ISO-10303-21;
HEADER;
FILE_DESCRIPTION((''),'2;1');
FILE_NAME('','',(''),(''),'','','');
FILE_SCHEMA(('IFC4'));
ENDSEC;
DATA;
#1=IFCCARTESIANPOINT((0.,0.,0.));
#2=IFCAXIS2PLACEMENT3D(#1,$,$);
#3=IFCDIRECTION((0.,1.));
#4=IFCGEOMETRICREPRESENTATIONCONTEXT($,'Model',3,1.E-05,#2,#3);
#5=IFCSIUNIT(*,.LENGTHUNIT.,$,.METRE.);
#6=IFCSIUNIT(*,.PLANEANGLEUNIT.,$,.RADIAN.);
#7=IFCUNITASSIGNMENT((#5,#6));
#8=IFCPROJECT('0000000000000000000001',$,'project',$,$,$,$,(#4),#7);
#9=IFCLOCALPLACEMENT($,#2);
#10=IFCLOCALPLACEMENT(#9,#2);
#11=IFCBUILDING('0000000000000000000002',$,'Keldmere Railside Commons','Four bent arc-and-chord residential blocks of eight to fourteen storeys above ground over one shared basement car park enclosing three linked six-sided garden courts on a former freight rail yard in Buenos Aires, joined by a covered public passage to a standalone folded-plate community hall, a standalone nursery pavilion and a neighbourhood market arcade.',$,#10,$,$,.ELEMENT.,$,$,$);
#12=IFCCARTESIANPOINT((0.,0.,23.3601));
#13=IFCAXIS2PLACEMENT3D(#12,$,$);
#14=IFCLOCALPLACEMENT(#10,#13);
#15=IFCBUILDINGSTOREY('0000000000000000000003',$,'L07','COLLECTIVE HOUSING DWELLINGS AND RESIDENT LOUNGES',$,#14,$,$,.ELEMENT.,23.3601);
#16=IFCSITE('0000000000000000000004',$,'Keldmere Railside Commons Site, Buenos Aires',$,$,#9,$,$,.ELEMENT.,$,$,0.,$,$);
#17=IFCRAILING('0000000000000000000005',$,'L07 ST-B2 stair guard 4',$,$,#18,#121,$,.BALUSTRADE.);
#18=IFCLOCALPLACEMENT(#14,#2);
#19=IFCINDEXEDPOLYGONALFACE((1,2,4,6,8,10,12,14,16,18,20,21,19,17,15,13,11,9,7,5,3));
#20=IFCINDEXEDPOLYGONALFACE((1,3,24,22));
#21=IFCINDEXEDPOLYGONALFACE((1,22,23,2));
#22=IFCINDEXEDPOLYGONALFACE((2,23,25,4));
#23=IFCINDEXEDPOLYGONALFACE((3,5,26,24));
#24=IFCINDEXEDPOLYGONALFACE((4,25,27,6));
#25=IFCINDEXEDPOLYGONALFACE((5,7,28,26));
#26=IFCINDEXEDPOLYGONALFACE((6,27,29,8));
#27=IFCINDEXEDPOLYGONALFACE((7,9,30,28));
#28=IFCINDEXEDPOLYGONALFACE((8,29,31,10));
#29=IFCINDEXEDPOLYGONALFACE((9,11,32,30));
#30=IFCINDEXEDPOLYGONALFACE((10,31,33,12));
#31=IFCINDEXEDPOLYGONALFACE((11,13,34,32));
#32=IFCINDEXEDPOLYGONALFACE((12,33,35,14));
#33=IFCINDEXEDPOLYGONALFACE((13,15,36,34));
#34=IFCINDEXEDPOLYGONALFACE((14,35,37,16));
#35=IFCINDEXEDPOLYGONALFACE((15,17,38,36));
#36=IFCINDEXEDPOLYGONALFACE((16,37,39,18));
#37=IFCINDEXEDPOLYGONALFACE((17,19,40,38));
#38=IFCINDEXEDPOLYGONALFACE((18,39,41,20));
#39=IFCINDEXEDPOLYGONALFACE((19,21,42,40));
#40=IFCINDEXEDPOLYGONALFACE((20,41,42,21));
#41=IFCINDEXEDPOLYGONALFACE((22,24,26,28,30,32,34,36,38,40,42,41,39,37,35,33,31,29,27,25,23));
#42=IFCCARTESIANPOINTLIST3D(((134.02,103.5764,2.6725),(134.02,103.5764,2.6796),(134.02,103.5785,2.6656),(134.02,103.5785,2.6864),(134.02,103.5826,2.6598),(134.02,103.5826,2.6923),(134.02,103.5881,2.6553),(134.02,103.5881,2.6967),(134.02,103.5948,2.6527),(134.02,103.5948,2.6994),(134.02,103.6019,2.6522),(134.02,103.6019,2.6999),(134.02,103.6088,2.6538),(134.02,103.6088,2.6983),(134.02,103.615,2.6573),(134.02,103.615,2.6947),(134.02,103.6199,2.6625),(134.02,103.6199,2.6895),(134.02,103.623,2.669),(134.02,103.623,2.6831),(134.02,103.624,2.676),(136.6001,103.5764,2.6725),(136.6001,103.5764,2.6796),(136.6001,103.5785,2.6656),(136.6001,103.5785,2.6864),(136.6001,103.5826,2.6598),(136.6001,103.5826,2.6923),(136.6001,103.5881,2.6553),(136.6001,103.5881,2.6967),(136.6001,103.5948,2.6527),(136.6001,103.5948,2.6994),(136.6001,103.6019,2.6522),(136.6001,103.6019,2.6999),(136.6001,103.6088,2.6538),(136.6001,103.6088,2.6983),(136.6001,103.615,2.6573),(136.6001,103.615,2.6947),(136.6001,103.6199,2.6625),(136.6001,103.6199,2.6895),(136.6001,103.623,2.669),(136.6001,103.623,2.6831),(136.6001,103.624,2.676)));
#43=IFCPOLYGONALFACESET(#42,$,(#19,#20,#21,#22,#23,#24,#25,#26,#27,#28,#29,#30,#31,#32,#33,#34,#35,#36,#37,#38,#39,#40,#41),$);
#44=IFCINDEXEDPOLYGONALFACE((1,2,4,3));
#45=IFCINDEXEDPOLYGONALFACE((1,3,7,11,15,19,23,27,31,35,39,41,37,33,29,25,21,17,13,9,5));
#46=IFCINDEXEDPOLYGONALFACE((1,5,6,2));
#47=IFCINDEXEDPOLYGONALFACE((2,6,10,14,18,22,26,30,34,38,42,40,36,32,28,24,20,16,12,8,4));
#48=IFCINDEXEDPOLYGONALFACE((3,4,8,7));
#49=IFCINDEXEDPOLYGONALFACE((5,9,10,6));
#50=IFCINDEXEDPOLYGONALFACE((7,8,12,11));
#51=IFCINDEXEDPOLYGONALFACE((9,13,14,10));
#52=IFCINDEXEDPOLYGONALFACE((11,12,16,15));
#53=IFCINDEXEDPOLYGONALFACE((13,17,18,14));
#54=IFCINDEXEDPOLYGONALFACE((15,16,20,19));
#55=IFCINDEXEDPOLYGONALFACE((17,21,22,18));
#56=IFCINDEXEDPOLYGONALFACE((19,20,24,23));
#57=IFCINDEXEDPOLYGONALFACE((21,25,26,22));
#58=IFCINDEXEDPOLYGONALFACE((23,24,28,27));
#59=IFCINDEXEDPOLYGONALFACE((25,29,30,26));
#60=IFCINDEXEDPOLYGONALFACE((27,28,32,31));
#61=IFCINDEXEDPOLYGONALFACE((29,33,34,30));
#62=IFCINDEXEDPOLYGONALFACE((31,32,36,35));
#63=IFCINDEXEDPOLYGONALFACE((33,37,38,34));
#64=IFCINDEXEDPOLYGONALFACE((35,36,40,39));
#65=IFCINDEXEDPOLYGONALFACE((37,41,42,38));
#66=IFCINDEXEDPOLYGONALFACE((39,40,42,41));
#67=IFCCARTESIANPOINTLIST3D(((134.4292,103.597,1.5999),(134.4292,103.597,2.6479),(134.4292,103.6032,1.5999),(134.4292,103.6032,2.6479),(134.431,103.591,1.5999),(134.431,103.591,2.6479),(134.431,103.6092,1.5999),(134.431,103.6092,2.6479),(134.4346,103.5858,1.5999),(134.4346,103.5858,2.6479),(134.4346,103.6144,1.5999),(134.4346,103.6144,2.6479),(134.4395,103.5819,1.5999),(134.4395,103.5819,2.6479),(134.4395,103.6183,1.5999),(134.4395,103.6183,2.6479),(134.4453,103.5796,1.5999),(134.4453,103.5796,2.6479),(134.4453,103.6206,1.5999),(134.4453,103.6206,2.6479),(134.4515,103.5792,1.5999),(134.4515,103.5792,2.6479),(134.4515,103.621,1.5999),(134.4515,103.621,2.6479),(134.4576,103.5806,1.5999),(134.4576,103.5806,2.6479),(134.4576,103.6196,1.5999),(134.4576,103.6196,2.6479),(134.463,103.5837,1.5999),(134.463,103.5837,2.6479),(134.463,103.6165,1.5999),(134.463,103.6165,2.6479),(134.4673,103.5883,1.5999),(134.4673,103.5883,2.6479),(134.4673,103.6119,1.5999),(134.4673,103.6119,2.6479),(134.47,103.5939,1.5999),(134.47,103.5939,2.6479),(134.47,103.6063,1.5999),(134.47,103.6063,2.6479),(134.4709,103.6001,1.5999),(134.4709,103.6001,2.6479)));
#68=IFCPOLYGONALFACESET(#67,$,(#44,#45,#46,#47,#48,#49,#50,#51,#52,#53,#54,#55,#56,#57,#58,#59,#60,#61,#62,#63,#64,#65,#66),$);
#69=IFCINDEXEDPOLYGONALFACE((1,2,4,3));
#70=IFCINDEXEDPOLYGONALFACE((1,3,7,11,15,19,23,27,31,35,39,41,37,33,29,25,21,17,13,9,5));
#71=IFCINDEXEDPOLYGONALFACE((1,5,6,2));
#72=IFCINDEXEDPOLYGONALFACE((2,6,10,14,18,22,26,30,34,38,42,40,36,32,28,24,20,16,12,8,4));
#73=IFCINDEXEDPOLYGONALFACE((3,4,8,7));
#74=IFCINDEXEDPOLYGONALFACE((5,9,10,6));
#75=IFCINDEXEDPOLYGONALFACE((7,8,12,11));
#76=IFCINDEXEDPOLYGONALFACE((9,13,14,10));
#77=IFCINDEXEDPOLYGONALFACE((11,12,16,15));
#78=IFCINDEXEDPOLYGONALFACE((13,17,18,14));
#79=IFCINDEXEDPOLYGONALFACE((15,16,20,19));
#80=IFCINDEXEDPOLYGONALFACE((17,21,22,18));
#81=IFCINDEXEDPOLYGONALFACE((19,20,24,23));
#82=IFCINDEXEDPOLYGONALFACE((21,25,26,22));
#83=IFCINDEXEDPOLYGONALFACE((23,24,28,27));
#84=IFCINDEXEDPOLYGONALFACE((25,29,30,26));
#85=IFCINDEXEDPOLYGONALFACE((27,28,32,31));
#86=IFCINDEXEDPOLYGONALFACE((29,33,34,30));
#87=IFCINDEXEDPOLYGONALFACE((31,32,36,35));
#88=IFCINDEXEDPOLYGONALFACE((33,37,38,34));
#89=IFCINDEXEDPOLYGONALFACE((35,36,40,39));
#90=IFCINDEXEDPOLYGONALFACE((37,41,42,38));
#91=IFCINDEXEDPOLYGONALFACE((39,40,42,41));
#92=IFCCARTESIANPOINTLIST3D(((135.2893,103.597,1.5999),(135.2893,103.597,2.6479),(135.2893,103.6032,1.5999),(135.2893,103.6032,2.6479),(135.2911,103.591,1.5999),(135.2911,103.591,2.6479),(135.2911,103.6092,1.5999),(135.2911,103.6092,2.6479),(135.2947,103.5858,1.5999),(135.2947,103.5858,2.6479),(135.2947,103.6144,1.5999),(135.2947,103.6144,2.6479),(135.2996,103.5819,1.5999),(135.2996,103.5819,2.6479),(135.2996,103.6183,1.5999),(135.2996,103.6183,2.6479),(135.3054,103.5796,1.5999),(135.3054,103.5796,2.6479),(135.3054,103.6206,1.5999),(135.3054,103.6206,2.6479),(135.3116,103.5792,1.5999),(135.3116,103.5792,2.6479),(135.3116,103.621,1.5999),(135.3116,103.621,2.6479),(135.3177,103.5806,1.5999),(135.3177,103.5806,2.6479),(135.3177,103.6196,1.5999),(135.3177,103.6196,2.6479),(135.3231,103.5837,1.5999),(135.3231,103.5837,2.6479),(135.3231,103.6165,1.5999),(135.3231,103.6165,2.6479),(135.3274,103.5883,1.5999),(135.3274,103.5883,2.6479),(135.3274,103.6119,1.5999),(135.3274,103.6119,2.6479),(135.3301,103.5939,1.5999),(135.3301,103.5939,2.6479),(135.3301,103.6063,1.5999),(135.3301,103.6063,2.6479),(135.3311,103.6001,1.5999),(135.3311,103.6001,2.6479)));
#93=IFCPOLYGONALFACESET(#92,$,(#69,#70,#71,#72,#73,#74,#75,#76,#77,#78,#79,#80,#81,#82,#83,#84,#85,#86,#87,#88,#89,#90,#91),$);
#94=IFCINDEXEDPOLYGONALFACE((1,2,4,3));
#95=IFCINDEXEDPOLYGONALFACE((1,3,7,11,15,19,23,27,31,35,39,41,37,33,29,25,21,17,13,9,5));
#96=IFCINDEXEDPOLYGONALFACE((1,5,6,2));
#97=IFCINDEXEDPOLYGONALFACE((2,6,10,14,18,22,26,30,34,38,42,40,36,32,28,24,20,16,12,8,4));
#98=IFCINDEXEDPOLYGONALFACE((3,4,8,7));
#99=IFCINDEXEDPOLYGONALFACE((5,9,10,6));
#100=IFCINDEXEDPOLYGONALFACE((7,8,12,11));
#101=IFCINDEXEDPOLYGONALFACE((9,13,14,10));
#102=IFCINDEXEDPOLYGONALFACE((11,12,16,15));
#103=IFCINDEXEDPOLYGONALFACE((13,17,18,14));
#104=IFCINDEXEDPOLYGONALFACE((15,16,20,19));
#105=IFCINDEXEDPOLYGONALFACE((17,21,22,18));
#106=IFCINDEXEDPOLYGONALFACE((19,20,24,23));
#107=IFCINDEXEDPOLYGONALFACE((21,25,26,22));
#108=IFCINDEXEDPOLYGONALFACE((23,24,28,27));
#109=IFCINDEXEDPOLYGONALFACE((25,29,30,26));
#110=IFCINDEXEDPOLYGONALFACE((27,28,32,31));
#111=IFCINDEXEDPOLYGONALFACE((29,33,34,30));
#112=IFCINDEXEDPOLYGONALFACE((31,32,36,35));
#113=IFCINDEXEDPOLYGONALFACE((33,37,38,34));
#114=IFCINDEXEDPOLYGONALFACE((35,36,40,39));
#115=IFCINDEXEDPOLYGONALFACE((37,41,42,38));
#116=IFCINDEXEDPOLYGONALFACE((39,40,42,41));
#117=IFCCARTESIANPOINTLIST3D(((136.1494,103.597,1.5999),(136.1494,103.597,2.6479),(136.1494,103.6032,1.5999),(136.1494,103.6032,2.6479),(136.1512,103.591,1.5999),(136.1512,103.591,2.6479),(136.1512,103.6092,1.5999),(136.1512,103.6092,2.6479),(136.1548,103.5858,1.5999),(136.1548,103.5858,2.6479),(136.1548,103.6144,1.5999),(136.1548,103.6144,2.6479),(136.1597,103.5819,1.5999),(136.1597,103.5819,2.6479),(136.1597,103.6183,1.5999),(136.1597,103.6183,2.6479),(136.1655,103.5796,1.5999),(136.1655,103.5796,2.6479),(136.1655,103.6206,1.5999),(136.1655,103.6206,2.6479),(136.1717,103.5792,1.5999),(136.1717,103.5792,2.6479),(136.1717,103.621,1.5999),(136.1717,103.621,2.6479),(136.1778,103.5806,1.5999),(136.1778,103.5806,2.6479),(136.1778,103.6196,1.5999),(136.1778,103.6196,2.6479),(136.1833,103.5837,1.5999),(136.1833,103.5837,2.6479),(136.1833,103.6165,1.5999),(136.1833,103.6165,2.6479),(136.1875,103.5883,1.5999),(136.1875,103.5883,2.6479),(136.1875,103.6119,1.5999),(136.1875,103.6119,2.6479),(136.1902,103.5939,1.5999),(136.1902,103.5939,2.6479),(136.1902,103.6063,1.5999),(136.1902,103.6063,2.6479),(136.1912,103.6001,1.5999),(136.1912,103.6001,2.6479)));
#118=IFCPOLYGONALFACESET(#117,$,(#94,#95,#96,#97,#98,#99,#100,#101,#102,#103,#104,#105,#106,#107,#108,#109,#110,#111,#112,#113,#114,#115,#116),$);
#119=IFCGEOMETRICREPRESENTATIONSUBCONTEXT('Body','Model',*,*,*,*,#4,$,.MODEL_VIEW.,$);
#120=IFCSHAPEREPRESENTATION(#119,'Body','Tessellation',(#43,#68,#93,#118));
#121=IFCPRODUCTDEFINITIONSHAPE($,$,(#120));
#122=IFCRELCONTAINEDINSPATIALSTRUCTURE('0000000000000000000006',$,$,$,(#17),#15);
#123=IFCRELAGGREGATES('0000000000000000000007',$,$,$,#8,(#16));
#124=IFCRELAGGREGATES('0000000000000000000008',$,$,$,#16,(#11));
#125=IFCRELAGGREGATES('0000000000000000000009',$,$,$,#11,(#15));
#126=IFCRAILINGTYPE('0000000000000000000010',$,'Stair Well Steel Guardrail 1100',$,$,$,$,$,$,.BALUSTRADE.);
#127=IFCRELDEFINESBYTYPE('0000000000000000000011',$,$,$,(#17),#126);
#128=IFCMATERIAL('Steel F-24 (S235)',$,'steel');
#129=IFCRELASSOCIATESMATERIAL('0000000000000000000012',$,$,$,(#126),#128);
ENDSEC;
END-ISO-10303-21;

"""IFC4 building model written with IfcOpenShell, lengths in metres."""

from ifc_helpers import new_model, si_unit, direction, frame, origin, origin_2d, place, context, subcontext, project, spatial, circle, extrude, material, type_object, element, save


model = new_model("IFC4")

# Units and contexts
model_context = context("Model", 3, precision=1e-05, world=origin(), true_north=direction((0.0, 1.0)))
body_context = subcontext(model_context, "Body", "Model", "MODEL_VIEW")
ifc_project = project(units=[si_unit("LENGTHUNIT", "METRE"), si_unit("PLANEANGLEUNIT", "RADIAN")], contexts=[model_context])

# Site, building, storey
site_placement = place(None, origin())
site = spatial("IfcSite", under=ifc_project, at=site_placement, Name="Keldmere Railside Commons Site, Buenos Aires", CompositionType="ELEMENT", RefElevation=0.0)
building_placement = place(site_placement, origin())
building = spatial("IfcBuilding", under=site, at=building_placement, Name="Keldmere Railside Commons", Description="Four bent arc-and-chord residential blocks of eight to fourteen storeys above ground over one shared basement car park enclosing three linked six-sided garden courts on a former freight rail yard in Buenos Aires, joined by a covered public passage to a standalone folded-plate community hall, a standalone nursery pavilion and a neighbourhood market arcade.", CompositionType="ELEMENT")
storey_placement = place(building_placement, frame((0.0, 0.0, 23.3601)))
storey = spatial("IfcBuildingStorey", under=building, at=storey_placement, Name="L07", Description="COLLECTIVE HOUSING DWELLINGS AND RESIDENT LOUNGES", CompositionType="ELEMENT", Elevation=23.3601)

# Shared definitions
ifc_material_1 = material(Name="Steel F-24 (S235)", Category="steel")

# Railing
railing_type_1 = type_object("IfcRailingType", Name="Stair Well Steel Guardrail 1100", PredefinedType="BALUSTRADE", material=ifc_material_1)
for number, where, name in (
    (1, (134.02, 103.6001, 1.5999), "L07 ST-B2 stair guard 4"),
):
    element("IfcRailing", number, at=place(storey_placement, frame(where)), inside=storey, type_object=railing_type_1, Name=name, PredefinedType="BALUSTRADE", context=body_context, shape_type="SweptSolid", body=[
        extrude(circle(Radius=0.0239, at=origin_2d()), frame((0.0, 0.0, 1.0762), z_axis=(1.0, 0.0, 0.0), x_axis=(0.0, 1.0, 0.0)), (0.0, 0.0, 1.0), 2.5801),
        extrude(circle(Radius=0.021, at=origin_2d()), frame((0.4299, 0.0, 0.0)), (0.0, 0.0, 1.0), 1.0481),
        extrude(circle(Radius=0.021, at=origin_2d()), frame((1.29, 0.0, 0.0)), (0.0, 0.0, 1.0), 1.0481),
        extrude(circle(Radius=0.021, at=origin_2d()), frame((2.1501, 0.0, 0.0)), (0.0, 0.0, 1.0), 1.0481),
    ])

save(model, "model.ifc")
